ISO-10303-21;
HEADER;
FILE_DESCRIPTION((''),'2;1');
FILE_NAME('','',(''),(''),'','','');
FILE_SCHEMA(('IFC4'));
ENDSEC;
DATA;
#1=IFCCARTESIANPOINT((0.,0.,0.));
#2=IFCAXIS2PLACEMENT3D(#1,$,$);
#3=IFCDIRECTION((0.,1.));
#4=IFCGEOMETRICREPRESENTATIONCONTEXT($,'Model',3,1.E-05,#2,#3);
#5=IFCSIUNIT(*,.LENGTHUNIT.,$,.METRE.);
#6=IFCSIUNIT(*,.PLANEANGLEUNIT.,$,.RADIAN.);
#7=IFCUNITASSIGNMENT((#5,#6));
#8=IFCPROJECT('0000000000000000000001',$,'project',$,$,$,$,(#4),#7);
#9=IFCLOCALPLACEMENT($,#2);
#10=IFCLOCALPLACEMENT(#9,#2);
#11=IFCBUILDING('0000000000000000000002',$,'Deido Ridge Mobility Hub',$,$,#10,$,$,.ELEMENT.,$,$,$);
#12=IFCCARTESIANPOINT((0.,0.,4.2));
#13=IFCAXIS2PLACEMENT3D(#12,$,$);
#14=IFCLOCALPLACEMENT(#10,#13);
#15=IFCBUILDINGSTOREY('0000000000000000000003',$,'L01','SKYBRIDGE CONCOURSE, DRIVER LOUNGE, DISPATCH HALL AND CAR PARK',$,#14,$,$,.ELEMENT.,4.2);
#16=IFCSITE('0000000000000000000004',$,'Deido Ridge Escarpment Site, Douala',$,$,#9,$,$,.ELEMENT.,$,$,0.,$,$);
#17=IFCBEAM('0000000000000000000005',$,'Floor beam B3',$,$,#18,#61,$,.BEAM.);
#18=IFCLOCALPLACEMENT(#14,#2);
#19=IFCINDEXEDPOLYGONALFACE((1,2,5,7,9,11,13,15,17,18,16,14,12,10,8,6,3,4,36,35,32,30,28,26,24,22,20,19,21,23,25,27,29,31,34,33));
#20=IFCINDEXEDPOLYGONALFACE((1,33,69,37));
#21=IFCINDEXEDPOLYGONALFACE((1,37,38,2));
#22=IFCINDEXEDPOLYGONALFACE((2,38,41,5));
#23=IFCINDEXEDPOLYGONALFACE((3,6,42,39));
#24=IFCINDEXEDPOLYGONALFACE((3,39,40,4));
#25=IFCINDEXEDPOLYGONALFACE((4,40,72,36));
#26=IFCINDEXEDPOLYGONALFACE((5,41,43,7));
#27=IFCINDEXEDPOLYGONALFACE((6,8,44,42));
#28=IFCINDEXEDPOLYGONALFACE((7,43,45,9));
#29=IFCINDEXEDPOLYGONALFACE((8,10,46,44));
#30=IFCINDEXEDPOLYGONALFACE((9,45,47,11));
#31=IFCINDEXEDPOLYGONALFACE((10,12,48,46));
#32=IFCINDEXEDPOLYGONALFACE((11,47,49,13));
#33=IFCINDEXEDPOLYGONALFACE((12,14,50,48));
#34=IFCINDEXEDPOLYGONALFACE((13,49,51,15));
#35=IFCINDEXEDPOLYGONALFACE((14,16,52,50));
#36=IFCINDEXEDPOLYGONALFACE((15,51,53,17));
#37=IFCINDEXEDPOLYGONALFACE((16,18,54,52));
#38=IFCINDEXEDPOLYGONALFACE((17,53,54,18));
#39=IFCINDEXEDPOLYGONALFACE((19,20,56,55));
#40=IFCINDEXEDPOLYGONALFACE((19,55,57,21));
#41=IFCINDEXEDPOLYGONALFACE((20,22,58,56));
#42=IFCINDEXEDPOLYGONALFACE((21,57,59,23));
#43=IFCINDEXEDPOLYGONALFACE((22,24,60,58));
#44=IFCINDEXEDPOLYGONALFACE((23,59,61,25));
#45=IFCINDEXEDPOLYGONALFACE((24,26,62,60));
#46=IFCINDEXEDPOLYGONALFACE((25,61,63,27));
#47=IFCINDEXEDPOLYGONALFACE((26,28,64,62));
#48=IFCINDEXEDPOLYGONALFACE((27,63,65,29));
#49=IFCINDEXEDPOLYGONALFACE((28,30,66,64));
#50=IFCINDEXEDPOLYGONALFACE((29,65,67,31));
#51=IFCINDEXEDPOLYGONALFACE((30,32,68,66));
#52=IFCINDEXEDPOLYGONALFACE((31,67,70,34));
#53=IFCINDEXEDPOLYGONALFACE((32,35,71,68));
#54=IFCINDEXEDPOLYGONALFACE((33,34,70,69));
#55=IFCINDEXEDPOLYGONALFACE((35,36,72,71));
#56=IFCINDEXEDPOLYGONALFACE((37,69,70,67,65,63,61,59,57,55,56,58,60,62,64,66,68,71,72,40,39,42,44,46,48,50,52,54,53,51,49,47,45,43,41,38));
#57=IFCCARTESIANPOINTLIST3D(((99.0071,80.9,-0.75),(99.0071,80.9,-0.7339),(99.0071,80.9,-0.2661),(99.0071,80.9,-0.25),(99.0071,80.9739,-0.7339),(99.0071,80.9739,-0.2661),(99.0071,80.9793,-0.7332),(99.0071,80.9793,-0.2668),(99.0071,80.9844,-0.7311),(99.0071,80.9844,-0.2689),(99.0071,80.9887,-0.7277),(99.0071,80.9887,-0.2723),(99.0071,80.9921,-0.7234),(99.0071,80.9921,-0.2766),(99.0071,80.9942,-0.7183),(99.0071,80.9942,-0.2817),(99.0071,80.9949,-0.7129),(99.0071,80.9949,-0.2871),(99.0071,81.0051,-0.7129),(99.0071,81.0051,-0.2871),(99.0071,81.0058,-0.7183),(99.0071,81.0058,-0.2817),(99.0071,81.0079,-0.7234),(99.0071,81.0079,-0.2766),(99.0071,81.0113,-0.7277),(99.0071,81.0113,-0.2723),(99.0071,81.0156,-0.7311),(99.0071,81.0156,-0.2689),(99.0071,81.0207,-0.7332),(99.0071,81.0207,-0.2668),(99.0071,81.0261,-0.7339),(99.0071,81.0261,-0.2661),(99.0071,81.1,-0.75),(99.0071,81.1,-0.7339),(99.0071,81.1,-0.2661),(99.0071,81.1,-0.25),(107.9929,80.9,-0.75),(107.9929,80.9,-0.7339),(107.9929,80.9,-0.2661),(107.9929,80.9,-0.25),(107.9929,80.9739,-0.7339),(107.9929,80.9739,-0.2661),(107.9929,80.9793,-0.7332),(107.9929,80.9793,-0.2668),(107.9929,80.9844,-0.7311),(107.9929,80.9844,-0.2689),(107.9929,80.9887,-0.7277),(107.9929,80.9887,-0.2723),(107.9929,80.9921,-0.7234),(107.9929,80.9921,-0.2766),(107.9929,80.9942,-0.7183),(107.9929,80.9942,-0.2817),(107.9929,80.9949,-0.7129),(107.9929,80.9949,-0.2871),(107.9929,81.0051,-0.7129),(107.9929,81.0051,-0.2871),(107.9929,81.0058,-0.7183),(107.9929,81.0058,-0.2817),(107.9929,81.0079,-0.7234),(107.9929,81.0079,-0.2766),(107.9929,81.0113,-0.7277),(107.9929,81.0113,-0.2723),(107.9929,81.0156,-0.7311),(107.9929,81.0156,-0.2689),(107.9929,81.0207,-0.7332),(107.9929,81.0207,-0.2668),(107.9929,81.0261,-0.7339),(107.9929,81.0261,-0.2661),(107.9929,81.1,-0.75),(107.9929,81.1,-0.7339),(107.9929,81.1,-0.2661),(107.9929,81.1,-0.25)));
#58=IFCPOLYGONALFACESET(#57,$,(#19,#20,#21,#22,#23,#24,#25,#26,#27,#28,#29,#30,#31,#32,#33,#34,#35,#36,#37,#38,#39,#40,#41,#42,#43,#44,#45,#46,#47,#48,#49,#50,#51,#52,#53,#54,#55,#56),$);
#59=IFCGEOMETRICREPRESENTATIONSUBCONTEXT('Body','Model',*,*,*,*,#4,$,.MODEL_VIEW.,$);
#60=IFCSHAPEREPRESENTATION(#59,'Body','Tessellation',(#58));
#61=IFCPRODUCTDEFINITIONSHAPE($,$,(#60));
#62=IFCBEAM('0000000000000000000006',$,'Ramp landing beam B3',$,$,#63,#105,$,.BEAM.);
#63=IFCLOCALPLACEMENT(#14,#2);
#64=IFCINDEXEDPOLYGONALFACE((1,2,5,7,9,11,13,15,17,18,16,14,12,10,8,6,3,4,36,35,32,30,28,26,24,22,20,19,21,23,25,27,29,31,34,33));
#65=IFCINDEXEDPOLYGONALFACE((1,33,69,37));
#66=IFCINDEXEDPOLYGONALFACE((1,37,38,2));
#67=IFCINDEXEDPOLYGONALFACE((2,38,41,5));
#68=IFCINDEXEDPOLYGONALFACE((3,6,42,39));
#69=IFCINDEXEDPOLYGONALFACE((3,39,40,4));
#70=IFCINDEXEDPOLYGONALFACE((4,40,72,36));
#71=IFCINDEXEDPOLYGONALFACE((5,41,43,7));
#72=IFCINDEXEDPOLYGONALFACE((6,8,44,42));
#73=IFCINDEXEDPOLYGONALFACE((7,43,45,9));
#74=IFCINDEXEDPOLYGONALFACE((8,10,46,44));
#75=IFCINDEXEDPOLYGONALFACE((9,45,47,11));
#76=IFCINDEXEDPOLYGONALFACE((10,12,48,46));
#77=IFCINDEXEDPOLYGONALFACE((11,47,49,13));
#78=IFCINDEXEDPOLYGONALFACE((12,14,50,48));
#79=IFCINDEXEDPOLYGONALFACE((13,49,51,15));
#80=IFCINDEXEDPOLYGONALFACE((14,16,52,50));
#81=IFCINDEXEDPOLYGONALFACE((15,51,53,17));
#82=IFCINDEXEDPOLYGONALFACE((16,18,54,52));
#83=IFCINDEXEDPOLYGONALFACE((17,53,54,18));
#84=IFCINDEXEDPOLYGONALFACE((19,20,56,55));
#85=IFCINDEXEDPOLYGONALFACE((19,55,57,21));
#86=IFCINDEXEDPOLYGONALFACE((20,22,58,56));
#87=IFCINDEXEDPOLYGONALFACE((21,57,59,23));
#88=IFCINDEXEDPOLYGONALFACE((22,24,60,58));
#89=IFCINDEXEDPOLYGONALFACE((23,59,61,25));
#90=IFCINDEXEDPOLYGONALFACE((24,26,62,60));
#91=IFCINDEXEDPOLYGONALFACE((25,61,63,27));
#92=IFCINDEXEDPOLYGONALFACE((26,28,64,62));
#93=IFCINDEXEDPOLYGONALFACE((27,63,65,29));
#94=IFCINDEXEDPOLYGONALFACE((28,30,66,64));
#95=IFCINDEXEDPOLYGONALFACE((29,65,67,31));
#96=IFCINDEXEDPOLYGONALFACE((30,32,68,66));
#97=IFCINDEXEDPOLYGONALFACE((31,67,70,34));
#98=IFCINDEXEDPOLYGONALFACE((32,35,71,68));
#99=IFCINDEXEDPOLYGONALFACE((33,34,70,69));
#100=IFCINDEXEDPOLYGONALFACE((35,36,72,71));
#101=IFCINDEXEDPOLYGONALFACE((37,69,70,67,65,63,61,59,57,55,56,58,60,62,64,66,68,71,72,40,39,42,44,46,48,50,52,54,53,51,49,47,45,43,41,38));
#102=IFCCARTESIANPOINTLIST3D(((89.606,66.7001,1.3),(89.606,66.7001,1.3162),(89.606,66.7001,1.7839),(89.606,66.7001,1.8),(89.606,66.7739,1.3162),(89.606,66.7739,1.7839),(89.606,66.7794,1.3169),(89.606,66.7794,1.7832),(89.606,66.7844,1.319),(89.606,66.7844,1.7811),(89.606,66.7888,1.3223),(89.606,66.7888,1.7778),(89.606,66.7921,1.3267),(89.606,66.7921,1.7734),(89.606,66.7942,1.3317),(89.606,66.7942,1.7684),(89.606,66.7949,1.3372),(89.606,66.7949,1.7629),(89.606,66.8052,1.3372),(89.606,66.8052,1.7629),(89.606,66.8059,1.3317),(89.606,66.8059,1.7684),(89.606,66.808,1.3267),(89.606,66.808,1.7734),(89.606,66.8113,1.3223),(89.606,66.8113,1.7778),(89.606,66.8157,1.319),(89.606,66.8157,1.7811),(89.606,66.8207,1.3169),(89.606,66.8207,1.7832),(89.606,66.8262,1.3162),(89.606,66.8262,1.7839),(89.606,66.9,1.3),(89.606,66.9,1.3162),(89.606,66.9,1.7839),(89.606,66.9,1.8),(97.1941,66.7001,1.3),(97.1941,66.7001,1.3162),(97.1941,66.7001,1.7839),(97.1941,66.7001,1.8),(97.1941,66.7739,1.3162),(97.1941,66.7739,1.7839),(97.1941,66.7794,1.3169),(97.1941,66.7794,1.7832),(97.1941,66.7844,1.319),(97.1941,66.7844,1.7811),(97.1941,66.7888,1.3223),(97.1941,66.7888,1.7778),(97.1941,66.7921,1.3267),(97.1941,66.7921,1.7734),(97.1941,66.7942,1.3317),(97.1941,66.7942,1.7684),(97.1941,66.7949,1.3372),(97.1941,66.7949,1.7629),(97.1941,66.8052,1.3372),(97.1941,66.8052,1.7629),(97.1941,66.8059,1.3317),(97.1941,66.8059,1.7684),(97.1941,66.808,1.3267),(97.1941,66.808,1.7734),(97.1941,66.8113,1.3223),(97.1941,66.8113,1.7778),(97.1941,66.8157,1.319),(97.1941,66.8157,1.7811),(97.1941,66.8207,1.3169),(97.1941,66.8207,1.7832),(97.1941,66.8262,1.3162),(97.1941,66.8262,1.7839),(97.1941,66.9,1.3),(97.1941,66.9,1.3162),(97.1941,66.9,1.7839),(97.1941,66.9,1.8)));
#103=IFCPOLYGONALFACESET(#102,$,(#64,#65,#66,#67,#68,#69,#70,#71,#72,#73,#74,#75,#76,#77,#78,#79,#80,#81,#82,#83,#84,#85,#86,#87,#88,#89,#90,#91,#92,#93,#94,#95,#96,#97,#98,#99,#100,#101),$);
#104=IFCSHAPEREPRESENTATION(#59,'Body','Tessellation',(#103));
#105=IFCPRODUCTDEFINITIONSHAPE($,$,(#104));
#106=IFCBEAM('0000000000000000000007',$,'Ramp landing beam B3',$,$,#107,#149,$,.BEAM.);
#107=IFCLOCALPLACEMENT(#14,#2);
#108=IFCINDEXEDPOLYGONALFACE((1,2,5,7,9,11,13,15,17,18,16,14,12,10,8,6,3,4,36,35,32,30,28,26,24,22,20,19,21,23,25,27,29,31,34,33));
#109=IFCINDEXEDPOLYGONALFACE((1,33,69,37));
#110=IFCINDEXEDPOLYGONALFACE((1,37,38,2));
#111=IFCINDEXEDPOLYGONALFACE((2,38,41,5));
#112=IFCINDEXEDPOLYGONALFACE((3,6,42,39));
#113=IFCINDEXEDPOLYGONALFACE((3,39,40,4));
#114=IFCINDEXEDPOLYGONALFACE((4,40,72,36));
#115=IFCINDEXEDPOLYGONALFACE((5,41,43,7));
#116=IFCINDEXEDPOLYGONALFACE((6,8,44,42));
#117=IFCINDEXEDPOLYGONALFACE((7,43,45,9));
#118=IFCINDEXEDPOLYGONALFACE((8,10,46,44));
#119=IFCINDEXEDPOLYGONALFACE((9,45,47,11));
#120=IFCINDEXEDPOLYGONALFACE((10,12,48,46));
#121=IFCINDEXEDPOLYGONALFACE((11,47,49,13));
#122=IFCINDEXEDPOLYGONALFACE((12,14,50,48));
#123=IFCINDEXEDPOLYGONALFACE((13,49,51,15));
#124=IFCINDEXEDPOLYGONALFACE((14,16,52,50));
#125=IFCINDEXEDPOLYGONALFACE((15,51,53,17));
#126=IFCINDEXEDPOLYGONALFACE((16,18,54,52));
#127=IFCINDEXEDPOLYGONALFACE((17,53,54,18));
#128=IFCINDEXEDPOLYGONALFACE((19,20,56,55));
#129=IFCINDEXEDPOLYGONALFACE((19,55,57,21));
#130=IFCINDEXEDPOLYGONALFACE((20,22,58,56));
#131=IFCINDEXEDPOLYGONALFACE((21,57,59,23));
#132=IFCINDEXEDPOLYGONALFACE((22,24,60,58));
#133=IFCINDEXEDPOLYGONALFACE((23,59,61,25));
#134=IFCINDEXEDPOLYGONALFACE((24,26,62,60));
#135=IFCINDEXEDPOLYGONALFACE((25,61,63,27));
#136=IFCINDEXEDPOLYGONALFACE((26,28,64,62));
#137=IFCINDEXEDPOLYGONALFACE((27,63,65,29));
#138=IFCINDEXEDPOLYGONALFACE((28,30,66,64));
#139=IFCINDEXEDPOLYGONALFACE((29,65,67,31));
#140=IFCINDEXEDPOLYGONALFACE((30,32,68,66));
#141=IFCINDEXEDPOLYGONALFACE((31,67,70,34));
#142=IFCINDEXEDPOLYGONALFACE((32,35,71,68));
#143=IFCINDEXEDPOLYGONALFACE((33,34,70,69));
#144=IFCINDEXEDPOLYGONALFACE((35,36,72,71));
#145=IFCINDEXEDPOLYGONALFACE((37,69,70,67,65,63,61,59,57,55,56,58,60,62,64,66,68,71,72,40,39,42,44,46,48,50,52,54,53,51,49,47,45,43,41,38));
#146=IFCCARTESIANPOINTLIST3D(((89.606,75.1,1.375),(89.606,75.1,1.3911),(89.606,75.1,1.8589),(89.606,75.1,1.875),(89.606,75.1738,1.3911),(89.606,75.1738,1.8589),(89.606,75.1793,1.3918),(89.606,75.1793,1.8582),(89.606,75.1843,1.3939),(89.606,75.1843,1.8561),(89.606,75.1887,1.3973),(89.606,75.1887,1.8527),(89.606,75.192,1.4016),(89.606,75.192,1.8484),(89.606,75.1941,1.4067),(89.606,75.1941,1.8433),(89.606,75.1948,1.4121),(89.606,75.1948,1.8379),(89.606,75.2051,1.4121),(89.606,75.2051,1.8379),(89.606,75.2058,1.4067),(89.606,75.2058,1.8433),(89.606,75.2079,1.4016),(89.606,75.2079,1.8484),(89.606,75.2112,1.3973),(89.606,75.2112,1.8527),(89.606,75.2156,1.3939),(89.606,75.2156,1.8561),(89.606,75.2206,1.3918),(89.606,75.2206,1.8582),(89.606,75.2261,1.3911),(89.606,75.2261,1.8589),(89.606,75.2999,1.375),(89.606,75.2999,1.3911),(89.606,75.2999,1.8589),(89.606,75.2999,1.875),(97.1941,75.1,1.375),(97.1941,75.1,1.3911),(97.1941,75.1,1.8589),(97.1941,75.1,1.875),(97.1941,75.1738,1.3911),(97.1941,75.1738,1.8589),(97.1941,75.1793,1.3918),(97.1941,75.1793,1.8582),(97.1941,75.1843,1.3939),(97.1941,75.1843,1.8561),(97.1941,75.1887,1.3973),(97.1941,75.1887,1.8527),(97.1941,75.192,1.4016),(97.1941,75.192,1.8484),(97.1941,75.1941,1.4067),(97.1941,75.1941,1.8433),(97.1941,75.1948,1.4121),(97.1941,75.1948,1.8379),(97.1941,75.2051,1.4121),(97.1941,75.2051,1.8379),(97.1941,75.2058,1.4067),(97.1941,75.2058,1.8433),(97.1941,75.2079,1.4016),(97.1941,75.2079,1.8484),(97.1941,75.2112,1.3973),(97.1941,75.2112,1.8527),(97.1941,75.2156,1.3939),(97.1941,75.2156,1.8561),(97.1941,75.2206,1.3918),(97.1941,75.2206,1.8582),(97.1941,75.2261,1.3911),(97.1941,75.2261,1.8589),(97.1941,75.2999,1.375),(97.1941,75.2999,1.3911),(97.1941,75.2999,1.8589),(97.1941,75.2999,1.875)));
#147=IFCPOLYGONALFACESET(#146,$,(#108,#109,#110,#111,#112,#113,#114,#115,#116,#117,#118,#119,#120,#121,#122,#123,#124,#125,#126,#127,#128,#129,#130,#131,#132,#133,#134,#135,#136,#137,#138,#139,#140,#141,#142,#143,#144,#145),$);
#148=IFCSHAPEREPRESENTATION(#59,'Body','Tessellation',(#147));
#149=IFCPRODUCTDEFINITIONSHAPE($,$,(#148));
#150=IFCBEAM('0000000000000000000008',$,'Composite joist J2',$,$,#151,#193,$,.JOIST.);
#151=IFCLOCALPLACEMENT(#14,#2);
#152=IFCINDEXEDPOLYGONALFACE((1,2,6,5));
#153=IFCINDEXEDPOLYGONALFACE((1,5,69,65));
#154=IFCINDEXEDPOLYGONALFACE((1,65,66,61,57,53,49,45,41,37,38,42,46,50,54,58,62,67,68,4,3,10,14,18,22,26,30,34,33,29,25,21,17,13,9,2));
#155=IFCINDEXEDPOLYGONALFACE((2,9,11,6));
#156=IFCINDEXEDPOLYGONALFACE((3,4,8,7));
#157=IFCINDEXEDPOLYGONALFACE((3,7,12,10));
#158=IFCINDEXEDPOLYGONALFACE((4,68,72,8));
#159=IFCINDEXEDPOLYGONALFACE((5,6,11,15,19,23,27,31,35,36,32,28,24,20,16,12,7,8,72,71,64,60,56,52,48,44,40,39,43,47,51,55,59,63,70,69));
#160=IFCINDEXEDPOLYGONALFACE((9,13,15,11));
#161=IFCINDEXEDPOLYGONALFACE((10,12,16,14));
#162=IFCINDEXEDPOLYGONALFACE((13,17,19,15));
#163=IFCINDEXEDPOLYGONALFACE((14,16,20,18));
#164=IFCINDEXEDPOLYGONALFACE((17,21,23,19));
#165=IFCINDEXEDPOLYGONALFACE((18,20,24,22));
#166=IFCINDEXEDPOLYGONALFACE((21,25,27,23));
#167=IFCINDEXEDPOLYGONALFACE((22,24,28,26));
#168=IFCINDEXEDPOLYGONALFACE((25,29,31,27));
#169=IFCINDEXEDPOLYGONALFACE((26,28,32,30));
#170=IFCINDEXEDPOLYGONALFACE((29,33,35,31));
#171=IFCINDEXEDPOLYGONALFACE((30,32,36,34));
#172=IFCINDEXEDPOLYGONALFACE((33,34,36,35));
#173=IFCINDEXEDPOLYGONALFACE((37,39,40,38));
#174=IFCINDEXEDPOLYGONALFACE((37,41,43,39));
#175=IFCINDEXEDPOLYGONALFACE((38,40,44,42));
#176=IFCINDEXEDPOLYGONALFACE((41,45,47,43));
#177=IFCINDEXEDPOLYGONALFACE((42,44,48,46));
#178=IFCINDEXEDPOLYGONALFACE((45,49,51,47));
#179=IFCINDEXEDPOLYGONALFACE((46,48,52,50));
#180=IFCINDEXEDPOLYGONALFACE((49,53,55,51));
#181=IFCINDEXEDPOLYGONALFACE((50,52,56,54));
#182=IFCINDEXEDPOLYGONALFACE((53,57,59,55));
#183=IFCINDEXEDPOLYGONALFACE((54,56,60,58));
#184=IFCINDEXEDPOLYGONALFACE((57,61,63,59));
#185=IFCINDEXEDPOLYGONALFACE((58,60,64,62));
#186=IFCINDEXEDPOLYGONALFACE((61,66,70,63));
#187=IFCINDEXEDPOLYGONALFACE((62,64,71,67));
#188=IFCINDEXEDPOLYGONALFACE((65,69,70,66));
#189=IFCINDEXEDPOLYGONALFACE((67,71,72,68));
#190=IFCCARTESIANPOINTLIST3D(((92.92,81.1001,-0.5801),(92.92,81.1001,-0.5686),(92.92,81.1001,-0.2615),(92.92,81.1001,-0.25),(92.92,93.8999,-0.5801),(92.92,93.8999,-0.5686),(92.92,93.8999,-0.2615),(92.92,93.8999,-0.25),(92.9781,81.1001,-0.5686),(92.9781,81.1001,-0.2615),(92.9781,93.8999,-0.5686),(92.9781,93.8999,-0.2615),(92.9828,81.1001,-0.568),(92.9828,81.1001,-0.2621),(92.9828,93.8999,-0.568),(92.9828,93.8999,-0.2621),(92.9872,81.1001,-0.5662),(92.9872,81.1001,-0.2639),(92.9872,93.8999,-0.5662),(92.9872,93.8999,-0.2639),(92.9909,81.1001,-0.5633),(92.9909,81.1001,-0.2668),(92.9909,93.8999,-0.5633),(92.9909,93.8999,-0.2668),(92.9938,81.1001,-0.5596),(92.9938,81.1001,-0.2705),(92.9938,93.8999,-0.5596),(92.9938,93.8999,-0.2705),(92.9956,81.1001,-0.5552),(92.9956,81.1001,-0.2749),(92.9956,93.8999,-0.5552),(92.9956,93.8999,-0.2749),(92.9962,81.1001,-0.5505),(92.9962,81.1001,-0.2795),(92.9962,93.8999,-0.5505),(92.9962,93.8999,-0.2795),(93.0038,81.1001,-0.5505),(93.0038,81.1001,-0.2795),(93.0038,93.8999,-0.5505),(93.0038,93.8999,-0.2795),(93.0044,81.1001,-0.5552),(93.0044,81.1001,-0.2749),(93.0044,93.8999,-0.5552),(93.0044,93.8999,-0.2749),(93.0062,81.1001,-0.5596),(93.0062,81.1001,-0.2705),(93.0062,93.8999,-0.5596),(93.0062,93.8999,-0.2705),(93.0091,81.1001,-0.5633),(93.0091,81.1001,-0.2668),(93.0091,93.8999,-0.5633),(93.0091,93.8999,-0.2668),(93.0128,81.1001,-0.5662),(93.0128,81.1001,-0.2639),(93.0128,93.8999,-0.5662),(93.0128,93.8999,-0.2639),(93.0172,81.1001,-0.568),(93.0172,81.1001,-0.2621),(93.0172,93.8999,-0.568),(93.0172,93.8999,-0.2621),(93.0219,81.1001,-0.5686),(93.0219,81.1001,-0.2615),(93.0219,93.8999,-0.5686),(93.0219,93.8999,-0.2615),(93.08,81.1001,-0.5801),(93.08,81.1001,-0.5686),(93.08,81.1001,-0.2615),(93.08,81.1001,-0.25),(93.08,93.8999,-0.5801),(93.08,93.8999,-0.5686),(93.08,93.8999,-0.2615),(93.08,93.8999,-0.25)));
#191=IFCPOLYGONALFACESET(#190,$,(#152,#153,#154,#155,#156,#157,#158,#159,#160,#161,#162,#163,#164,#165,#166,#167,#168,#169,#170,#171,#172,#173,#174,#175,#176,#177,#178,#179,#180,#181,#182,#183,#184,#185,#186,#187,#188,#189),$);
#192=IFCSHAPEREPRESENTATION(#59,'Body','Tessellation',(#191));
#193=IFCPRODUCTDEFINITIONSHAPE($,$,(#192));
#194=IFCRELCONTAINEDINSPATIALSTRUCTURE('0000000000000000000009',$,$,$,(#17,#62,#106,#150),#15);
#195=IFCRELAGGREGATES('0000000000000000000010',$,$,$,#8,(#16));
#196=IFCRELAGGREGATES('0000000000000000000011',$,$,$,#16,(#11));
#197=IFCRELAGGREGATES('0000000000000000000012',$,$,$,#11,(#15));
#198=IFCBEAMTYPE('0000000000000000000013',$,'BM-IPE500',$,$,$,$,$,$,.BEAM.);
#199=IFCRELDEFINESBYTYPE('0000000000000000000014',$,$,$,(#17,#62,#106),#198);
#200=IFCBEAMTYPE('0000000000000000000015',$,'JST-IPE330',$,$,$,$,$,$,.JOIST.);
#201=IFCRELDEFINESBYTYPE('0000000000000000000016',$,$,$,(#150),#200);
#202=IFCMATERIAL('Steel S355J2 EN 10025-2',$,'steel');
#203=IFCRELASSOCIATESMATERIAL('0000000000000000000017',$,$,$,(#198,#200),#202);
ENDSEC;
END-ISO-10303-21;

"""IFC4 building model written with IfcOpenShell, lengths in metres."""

from ifc_helpers import new_model, si_unit, direction, frame, origin, origin_2d, place, context, subcontext, project, spatial, i_section, extrude, material, material_profile, profile_set, type_object, element, save


model = new_model("IFC4")

# Units and contexts
model_context = context("Model", 3, precision=1e-05, world=origin(), true_north=direction((0.0, 1.0)))
body_context = subcontext(model_context, "Body", "Model", "MODEL_VIEW")
ifc_project = project(units=[si_unit("LENGTHUNIT", "METRE"), si_unit("PLANEANGLEUNIT", "RADIAN")], contexts=[model_context])

# Site, building, storey
site_placement = place(None, origin())
site = spatial("IfcSite", under=ifc_project, at=site_placement, Name="Deido Ridge Escarpment Site, Douala", CompositionType="ELEMENT", RefElevation=0.0)
building_placement = place(site_placement, origin())
building = spatial("IfcBuilding", under=site, at=building_placement, Name="Deido Ridge Mobility Hub", CompositionType="ELEMENT")
storey_placement = place(building_placement, frame((0.0, 0.0, 4.2)))
storey = spatial("IfcBuildingStorey", under=building, at=storey_placement, Name="L01", Description="SKYBRIDGE CONCOURSE, DRIVER LOUNGE, DISPATCH HALL AND CAR PARK", CompositionType="ELEMENT", Elevation=4.2)

# Shared definitions
ifc_material_1 = material(Name="Steel S355J2 EN 10025-2", Category="steel")

# Beams
ifc_material_profile_1 = material_profile(ifc_material_1, i_section(OverallWidth=0.2, OverallDepth=0.5, WebThickness=0.0103, FlangeThickness=0.0161, FilletRadius=0.021, at=origin_2d()), Name="IPE 500")
ifc_profile_set_1 = profile_set([ifc_material_profile_1], Name="Steel S355J2 EN 10025-2")
beam_type_1 = type_object("IfcBeamType", Name="BM-IPE500", PredefinedType="BEAM", material=ifc_profile_set_1)
for number, where, z_axis, x_axis, name in (
    (1, (99.0071, 81.0, -0.5), (1.0, 0.0, 0.0), (0.0, 1.0, 0.0), "Floor beam B3"),
):
    element("IfcBeam", number, at=place(storey_placement, frame(where, z_axis=z_axis, x_axis=x_axis)), inside=storey, type_object=beam_type_1, Name=name, PredefinedType="BEAM", context=body_context, shape_type="SweptSolid", body=[
        extrude(i_section(OverallWidth=0.2, OverallDepth=0.5, WebThickness=0.0103, FlangeThickness=0.0161, FilletRadius=0.021, at=origin_2d()), origin(), (0.0, 0.0, 1.0), 8.9858),
    ])
for number, where, z_axis, x_axis, name in (
    (2, (89.606, 66.8, 1.55), (1.0, 0.0, 0.0), (0.0, 1.0, 0.0), "Ramp landing beam B3"),
    (3, (89.606, 75.2, 1.625), (1.0, 0.0, 0.0), (0.0, 1.0, 0.0), "Ramp landing beam B3"),
):
    element("IfcBeam", number, at=place(storey_placement, frame(where, z_axis=z_axis, x_axis=x_axis)), inside=storey, type_object=beam_type_1, Name=name, PredefinedType="BEAM", context=body_context, shape_type="SweptSolid", body=[
        extrude(i_section(OverallWidth=0.2, OverallDepth=0.5, WebThickness=0.0103, FlangeThickness=0.0161, FilletRadius=0.021, at=origin_2d()), origin(), (0.0, 0.0, 1.0), 7.5881),
    ])
ifc_material_profile_2 = material_profile(ifc_material_1, i_section(OverallWidth=0.1599, OverallDepth=0.3301, WebThickness=0.0076, FlangeThickness=0.0115, FilletRadius=0.0181, at=origin_2d()), Name="IPE 330")
ifc_profile_set_2 = profile_set([ifc_material_profile_2], Name="Steel S355J2 EN 10025-2")
beam_type_2 = type_object("IfcBeamType", Name="JST-IPE330", PredefinedType="JOIST", material=ifc_profile_set_2)
for number, where, z_axis, x_axis, name in (
    (4, (93.0, 81.1001, -0.415), (0.0, 1.0, 0.0), (-1.0, 0.0, 0.0), "Composite joist J2"),
):
    element("IfcBeam", number, at=place(storey_placement, frame(where, z_axis=z_axis, x_axis=x_axis)), inside=storey, type_object=beam_type_2, Name=name, PredefinedType="JOIST", context=body_context, shape_type="SweptSolid", body=[
        extrude(i_section(OverallWidth=0.1599, OverallDepth=0.3301, WebThickness=0.0076, FlangeThickness=0.0115, FilletRadius=0.0181, at=origin_2d()), origin(), (0.0, 0.0, 1.0), 12.7998),
    ])

save(model, "model.ifc")
